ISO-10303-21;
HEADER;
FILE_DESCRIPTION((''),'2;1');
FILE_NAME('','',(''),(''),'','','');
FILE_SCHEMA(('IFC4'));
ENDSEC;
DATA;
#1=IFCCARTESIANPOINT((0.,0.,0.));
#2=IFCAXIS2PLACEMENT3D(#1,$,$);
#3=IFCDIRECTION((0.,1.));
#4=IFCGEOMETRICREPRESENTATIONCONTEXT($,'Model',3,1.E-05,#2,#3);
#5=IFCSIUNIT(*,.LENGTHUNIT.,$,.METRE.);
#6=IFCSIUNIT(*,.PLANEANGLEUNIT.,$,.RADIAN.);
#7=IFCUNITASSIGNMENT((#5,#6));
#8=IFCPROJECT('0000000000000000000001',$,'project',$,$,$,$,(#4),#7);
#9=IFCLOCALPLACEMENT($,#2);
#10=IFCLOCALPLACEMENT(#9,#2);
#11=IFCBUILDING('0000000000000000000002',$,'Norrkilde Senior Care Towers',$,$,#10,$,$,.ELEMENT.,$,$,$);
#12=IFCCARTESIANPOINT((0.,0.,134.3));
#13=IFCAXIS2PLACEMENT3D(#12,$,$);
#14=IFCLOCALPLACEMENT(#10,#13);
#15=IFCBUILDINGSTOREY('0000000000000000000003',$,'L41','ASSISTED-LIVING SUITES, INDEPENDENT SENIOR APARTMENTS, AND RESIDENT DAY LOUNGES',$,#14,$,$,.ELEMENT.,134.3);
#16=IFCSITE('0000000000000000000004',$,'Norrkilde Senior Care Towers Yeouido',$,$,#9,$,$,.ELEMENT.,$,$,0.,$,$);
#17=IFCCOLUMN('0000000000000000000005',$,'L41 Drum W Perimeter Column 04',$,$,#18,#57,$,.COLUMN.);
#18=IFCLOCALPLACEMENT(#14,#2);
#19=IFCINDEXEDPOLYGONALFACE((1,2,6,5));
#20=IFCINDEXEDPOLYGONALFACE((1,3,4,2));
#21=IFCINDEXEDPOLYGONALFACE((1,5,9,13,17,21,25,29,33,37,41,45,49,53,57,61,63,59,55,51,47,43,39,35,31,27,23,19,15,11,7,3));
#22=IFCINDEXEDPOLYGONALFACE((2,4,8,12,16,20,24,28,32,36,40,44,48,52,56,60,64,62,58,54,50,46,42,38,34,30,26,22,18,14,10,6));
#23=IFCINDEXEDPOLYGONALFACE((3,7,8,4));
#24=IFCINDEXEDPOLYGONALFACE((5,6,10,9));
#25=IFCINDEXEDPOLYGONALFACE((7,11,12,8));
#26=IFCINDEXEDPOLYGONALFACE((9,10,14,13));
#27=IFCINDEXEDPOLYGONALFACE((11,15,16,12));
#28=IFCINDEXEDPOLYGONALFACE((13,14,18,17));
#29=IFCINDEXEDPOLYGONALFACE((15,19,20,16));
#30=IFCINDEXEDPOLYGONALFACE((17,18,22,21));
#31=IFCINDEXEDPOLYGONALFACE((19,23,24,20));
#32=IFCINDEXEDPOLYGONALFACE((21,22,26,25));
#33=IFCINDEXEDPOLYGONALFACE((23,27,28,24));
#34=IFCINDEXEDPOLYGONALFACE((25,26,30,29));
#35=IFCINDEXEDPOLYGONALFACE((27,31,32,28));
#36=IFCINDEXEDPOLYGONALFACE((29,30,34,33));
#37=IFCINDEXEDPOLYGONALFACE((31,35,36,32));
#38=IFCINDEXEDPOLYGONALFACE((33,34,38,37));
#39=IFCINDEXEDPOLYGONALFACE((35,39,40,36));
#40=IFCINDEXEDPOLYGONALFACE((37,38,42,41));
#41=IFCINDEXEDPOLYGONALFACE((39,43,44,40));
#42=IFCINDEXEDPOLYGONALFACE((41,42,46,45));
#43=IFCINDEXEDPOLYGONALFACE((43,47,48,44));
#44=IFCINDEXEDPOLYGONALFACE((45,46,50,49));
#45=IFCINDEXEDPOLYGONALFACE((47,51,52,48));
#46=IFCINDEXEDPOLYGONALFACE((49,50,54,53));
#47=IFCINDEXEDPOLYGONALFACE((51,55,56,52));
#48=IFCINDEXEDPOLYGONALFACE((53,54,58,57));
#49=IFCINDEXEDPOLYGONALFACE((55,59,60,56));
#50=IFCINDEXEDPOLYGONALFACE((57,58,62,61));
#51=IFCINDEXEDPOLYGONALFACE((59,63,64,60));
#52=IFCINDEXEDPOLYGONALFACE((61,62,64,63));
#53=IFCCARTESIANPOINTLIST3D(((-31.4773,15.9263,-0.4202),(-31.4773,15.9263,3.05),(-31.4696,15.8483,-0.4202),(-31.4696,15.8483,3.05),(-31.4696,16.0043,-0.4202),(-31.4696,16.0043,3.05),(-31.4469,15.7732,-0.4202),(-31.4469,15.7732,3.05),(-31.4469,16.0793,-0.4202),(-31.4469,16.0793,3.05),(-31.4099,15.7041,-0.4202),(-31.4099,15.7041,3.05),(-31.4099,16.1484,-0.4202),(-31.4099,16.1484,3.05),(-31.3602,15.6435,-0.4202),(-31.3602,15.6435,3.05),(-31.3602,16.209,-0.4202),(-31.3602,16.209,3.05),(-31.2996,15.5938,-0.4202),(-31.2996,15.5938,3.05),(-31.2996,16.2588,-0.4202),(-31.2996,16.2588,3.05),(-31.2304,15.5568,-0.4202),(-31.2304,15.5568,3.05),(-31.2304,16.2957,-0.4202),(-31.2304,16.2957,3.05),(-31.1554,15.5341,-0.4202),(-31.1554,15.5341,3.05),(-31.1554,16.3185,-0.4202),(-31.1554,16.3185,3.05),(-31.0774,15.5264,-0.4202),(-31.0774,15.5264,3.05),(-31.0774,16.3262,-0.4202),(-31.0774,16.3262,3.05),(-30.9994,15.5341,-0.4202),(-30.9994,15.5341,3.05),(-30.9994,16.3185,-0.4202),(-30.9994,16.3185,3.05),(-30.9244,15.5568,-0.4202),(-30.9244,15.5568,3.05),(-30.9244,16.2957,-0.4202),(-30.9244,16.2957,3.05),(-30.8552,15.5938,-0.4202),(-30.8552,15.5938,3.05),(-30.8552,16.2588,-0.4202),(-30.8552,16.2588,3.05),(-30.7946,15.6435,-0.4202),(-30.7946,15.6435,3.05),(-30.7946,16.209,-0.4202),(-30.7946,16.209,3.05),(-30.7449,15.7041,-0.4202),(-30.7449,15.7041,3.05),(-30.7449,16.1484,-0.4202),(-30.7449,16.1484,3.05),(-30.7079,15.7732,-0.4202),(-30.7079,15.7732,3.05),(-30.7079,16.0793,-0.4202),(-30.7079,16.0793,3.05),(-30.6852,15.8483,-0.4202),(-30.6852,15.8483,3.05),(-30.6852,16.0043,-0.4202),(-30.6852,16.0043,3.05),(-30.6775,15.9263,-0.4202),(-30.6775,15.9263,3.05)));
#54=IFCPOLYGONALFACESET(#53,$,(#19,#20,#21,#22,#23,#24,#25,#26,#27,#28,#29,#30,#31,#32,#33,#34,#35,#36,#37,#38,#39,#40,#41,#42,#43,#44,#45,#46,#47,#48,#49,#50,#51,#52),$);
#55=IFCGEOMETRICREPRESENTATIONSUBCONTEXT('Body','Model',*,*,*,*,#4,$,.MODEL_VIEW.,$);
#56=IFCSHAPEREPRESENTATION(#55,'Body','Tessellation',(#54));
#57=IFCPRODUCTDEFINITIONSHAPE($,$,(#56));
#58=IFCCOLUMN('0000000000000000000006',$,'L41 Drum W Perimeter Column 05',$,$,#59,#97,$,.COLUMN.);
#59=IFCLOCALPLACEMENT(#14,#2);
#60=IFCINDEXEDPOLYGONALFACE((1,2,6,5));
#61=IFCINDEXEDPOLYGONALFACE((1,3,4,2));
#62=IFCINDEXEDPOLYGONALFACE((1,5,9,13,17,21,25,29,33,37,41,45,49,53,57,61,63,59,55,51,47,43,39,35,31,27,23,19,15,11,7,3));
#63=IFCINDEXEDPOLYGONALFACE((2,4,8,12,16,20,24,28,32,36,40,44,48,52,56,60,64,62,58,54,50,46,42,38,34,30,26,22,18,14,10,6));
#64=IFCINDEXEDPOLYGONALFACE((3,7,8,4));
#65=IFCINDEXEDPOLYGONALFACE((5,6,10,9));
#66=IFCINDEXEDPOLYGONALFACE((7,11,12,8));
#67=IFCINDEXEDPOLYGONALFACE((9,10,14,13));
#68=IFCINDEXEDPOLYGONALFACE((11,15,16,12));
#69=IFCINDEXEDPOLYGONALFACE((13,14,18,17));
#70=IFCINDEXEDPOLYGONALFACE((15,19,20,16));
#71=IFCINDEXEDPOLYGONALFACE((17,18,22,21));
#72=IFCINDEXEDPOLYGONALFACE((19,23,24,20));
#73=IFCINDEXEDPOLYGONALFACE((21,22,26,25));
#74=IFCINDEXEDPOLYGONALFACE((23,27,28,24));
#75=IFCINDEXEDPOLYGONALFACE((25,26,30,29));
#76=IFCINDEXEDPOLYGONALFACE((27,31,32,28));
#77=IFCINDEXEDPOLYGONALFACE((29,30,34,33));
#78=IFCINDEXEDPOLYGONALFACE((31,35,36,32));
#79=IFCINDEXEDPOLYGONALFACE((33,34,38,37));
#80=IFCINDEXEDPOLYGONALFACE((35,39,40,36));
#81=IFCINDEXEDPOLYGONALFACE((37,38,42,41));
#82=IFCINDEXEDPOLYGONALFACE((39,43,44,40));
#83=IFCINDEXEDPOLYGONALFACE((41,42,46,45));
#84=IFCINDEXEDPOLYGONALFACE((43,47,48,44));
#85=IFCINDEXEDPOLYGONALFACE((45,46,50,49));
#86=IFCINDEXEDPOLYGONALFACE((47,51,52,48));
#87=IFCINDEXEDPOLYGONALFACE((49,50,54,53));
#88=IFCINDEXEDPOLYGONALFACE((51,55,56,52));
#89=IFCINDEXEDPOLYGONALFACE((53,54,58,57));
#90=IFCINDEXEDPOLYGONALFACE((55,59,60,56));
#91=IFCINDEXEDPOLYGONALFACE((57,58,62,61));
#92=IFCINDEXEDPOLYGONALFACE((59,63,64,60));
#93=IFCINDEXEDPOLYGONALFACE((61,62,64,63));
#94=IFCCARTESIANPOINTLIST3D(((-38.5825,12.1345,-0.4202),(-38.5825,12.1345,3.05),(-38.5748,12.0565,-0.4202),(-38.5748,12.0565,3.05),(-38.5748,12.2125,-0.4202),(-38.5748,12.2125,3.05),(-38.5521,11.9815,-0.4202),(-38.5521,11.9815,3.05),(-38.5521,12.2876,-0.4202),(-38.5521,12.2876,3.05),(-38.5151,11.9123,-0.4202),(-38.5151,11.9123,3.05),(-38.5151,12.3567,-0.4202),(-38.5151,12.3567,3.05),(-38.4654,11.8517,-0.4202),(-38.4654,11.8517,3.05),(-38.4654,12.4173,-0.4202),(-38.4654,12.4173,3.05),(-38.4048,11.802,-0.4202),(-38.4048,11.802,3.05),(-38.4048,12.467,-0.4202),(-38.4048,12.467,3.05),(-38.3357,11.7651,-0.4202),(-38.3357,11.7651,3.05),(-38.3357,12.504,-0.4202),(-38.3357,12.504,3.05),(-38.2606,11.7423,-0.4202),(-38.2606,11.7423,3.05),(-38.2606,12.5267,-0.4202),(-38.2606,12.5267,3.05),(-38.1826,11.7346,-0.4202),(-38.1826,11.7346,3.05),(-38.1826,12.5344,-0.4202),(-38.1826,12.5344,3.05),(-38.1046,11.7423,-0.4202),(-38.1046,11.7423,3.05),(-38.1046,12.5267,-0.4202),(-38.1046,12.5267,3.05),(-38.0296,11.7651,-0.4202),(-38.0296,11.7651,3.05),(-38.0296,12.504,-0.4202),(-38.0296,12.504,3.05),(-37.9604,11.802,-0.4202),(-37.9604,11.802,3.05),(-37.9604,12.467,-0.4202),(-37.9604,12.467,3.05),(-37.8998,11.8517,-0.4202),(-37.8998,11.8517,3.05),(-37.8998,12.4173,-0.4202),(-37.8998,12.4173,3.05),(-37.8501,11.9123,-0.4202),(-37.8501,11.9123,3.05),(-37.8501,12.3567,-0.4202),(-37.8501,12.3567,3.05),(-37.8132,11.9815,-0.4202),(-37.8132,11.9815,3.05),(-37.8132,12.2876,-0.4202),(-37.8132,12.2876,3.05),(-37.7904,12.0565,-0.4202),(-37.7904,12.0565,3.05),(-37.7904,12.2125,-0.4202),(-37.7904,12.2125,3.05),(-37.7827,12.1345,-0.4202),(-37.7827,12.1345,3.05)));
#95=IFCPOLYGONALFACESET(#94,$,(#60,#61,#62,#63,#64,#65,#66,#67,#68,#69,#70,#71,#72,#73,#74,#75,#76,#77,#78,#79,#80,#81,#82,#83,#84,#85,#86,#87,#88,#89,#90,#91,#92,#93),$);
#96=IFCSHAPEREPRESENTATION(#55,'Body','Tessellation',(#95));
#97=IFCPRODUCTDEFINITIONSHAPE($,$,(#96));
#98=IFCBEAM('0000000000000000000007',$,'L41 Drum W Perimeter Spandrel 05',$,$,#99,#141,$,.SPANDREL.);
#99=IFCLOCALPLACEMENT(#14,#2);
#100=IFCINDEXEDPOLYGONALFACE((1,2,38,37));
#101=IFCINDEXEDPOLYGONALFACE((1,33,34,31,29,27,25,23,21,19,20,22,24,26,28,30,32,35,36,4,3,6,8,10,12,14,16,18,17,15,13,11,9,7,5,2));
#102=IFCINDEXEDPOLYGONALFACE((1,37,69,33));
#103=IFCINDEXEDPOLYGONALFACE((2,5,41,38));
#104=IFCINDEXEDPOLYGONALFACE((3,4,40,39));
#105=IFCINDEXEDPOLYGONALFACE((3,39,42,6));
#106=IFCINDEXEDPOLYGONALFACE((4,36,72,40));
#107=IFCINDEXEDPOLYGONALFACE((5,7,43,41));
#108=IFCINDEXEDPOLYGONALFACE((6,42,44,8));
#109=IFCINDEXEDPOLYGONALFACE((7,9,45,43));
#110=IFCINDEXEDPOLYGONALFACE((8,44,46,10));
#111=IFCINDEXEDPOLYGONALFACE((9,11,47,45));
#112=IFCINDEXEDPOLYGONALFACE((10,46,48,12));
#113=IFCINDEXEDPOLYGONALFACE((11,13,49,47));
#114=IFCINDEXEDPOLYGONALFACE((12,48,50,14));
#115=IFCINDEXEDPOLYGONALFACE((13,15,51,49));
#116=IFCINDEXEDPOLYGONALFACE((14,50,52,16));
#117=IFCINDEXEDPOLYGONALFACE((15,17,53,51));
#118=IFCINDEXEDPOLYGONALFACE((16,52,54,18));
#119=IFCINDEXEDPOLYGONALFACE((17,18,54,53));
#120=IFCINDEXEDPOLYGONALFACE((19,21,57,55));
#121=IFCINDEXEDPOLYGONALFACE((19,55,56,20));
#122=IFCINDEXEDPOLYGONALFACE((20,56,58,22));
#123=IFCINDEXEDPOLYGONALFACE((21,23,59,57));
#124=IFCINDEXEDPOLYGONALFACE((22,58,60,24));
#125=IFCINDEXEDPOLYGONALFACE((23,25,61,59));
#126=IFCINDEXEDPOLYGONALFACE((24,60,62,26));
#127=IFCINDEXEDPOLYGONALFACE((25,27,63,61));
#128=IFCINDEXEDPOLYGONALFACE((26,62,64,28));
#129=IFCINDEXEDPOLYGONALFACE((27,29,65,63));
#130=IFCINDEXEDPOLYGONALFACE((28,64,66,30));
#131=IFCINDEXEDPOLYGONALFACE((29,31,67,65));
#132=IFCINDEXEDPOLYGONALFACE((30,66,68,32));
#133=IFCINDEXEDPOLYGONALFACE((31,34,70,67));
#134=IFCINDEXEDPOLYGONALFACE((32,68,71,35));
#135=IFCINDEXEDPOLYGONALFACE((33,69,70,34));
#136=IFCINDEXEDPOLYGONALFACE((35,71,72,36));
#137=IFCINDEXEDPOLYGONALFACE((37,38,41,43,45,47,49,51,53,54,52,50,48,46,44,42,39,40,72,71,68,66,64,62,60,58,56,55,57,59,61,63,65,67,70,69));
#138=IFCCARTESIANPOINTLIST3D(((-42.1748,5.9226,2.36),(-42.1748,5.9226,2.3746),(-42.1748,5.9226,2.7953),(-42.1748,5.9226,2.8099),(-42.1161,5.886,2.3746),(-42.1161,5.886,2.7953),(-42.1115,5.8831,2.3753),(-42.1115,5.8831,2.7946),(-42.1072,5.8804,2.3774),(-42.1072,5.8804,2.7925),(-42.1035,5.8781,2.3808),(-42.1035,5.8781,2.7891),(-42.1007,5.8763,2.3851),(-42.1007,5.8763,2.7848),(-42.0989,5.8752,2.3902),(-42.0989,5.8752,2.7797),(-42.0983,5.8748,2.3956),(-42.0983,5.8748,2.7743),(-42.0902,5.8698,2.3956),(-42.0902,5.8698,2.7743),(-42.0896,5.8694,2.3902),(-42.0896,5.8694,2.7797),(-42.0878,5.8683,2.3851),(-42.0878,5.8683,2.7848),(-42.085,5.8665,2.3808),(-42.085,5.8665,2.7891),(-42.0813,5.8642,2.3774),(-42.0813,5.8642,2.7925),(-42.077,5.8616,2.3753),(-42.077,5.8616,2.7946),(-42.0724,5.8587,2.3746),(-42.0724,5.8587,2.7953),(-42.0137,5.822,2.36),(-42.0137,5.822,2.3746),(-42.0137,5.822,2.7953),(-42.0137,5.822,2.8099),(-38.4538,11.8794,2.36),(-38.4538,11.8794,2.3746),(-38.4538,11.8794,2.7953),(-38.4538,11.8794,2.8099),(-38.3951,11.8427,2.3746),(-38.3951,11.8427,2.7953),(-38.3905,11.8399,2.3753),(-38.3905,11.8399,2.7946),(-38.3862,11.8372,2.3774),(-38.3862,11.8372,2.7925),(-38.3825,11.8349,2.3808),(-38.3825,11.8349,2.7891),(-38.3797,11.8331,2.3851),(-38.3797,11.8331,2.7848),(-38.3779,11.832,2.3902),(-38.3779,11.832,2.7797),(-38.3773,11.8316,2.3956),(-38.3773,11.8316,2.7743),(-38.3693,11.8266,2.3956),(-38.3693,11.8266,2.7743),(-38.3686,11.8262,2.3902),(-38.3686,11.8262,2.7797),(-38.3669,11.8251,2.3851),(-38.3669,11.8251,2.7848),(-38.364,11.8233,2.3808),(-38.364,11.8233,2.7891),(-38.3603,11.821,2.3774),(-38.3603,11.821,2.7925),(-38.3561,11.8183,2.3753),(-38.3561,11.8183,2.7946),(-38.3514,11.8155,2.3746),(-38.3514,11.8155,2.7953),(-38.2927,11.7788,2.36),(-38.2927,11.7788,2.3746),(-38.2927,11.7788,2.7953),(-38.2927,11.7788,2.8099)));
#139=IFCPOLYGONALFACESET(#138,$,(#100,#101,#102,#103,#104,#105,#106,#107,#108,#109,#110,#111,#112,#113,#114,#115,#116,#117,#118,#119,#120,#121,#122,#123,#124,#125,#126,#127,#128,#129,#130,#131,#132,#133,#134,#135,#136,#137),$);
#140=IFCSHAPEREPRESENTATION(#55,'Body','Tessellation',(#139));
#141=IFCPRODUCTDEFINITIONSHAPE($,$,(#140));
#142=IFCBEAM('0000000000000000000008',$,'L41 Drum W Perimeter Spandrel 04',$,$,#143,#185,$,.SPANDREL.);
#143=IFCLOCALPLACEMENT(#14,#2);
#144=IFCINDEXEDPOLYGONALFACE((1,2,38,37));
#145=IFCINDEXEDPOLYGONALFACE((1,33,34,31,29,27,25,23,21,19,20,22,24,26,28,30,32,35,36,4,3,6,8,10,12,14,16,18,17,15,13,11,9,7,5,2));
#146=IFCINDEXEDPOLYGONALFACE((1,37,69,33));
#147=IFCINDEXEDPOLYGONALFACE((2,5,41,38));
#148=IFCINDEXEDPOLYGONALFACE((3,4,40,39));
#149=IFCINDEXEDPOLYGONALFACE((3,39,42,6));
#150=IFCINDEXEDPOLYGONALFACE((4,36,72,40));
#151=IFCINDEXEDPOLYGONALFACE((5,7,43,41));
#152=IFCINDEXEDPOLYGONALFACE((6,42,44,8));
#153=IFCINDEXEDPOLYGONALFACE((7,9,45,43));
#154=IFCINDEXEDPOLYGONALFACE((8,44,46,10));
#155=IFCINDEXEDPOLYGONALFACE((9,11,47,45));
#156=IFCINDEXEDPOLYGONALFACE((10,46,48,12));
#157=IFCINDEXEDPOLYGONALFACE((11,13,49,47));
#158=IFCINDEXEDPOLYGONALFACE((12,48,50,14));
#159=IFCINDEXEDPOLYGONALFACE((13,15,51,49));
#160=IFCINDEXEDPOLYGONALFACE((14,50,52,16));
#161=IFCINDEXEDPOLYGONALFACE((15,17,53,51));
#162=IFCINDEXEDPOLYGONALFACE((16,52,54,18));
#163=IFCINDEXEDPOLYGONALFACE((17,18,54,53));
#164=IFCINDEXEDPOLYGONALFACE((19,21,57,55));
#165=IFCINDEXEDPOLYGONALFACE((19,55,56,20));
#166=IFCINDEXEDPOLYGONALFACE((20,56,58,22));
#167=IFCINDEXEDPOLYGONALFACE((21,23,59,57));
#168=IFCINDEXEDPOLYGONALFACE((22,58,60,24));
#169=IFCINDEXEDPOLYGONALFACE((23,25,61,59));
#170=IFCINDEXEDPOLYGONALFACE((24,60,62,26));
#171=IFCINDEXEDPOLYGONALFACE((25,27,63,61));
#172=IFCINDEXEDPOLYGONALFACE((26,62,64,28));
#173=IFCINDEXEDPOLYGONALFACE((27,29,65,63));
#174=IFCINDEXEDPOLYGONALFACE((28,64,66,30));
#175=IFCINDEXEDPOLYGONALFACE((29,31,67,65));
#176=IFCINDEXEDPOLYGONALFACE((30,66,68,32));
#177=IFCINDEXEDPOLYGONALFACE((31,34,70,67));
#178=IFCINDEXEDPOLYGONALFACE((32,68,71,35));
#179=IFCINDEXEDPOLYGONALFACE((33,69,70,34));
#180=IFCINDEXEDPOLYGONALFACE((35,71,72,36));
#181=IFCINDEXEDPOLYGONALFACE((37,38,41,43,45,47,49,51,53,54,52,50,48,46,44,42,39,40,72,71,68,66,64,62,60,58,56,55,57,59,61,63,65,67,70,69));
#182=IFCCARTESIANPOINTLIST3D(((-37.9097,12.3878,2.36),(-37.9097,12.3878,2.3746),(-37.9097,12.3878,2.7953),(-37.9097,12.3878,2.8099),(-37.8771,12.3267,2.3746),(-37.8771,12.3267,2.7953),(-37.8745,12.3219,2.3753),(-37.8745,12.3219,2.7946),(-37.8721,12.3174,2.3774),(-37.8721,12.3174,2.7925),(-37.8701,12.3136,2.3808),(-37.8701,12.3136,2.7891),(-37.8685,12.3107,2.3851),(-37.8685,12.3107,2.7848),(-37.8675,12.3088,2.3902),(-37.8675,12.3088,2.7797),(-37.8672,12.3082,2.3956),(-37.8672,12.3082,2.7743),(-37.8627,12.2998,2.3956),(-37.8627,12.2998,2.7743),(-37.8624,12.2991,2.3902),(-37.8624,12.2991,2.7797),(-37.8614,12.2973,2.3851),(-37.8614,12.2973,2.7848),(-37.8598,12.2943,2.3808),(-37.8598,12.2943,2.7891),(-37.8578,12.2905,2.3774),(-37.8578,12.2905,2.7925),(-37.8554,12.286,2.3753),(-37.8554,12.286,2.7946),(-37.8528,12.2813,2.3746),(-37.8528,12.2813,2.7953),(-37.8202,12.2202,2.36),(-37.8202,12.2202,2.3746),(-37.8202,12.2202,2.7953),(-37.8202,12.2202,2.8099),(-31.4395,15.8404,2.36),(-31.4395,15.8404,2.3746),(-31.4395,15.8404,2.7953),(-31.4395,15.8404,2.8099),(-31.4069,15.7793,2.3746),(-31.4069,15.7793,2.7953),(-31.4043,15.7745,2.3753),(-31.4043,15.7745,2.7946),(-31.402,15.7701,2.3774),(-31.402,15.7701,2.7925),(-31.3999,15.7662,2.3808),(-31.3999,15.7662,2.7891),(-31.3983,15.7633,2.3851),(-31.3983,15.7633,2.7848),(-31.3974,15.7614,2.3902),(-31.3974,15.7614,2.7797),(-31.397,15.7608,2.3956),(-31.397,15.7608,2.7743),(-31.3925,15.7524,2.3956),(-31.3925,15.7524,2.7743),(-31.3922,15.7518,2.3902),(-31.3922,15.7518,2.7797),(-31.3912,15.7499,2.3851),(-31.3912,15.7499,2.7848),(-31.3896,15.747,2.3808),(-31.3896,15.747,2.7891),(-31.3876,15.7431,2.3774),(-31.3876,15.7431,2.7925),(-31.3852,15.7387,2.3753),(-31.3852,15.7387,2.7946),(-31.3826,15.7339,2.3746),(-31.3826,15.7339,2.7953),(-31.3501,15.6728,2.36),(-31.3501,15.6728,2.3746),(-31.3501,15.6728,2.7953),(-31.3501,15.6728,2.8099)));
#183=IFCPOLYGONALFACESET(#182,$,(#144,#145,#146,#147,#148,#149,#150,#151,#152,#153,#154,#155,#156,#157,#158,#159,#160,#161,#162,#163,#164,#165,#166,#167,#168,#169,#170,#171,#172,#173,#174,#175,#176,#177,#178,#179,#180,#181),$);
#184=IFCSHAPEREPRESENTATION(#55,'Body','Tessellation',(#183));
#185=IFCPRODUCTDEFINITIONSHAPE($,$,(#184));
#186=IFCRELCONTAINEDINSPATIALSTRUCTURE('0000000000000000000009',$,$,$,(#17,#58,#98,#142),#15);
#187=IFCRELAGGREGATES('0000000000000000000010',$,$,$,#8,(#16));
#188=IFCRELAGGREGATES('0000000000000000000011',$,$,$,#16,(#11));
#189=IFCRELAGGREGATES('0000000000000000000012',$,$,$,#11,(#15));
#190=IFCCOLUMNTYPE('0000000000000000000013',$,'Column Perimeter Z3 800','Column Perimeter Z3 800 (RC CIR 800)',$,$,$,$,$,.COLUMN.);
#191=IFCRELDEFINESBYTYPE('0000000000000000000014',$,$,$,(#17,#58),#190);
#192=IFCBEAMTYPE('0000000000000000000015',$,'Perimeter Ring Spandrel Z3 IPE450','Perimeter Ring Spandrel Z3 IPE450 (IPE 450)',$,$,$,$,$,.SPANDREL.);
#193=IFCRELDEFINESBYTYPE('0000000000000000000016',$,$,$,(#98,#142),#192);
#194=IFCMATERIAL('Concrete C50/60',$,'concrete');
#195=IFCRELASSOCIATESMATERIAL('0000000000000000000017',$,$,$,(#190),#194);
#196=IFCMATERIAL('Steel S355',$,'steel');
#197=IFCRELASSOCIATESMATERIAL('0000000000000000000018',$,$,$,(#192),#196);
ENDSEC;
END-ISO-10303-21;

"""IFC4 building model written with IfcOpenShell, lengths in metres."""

from ifc_helpers import new_model, si_unit, direction, frame, origin, origin_2d, place, context, subcontext, project, spatial, circle, i_section, extrude, source, transform, mapped, material, material_profile, profile_set, type_object, type_shapes, element, save


model = new_model("IFC4")

# Units and contexts
model_context = context("Model", 3, precision=1e-05, world=origin(), true_north=direction((0.0, 1.0)))
body_context = subcontext(model_context, "Body", "Model", "MODEL_VIEW")
ifc_project = project(units=[si_unit("LENGTHUNIT", "METRE"), si_unit("PLANEANGLEUNIT", "RADIAN")], contexts=[model_context])

# Site, building, storey
site_placement = place(None, origin())
site = spatial("IfcSite", under=ifc_project, at=site_placement, Name="Norrkilde Senior Care Towers Yeouido", CompositionType="ELEMENT", RefElevation=0.0)
building_placement = place(site_placement, origin())
building = spatial("IfcBuilding", under=site, at=building_placement, Name="Norrkilde Senior Care Towers", CompositionType="ELEMENT")
storey_placement = place(building_placement, frame((0.0, 0.0, 134.3)))
storey = spatial("IfcBuildingStorey", under=building, at=storey_placement, Name="L41", Description="ASSISTED-LIVING SUITES, INDEPENDENT SENIOR APARTMENTS, AND RESIDENT DAY LOUNGES", CompositionType="ELEMENT", Elevation=134.3)

# Columns
ifc_material_1 = material(Name="Concrete C50/60", Category="concrete")
ifc_material_profile_1 = material_profile(ifc_material_1, circle(Radius=0.3999, at=origin_2d()), Name="RC CIR 800")
ifc_profile_set_1 = profile_set([ifc_material_profile_1], Name="Concrete C50/60")
column_type = type_object("IfcColumnType", Name="Column Perimeter Z3 800", Description="Column Perimeter Z3 800 (RC CIR 800)", PredefinedType="COLUMN", material=ifc_profile_set_1)
shared_shape_1 = source(origin(), body_context, "Body", "SweptSolid", [
    extrude(circle(Radius=0.3999, at=origin_2d()), origin(), (0.0, 0.0, 1.0), 3.4702),
])
type_shapes(column_type, [shared_shape_1])
for number, where, z_axis, x_axis, name in (
    (1, (-31.0774, 15.9263, -0.4202), (0.0, 0.0, 1.0), (1.0, 0.0, 0.0), "L41 Drum W Perimeter Column 04"),
    (2, (-38.1826, 12.1345, -0.4202), (0.0, 0.0, 1.0), (1.0, 0.0, 0.0), "L41 Drum W Perimeter Column 05"),
):
    element("IfcColumn", number, at=place(storey_placement, frame(where, z_axis=z_axis, x_axis=x_axis)), inside=storey, type_object=column_type, Name=name, PredefinedType="COLUMN", context=body_context, shape_type="MappedRepresentation", body=[
        mapped(shared_shape_1, transform((0.0, 0.0, 0.0), x_axis=(1.0, 0.0, 0.0), y_axis=(0.0, 1.0, 0.0), z_axis=(0.0, 0.0, 1.0), scale=1.0)),
    ])

# Beams
ifc_material_2 = material(Name="Steel S355", Category="steel")
ifc_material_profile_2 = material_profile(ifc_material_2, i_section(OverallWidth=0.1899, OverallDepth=0.45, WebThickness=0.0095, FlangeThickness=0.0146, FilletRadius=0.021, at=origin_2d()), Name="IPE 450")
ifc_profile_set_2 = profile_set([ifc_material_profile_2], Name="Steel S355")
beam_type_1 = type_object("IfcBeamType", Name="Perimeter Ring Spandrel Z3 IPE450", Description="Perimeter Ring Spandrel Z3 IPE450 (IPE 450)", PredefinedType="SPANDREL", material=ifc_profile_set_2)
shared_shape_2 = source(origin(), body_context, "Body", "SweptSolid", [
    extrude(i_section(OverallWidth=0.1899, OverallDepth=0.45, WebThickness=0.0095, FlangeThickness=0.0146, FilletRadius=0.021, at=origin_2d()), origin(), (0.0, 0.0, 1.0), 7.0234),
])
beam_1_placement = place(storey_placement, frame((-38.3733, 11.8291, 2.585), z_axis=(-0.52979, -0.848129, 0.0), x_axis=(0.848129, -0.52979, 0.0)))
element("IfcBeam", 3, at=beam_1_placement, inside=storey, type_object=beam_type_1, Name="L41 Drum W Perimeter Spandrel 05", PredefinedType="SPANDREL", context=body_context, shape_type="MappedRepresentation", body=[
    mapped(shared_shape_2, transform((0.0, 0.0, 0.0), x_axis=(1.0, 0.0, 0.0), y_axis=(0.0, 1.0, 0.0), z_axis=(0.0, 0.0, 1.0), scale=1.0)),
])
shared_shape_3 = source(origin(), body_context, "Body", "SweptSolid", [
    extrude(i_section(OverallWidth=0.1899, OverallDepth=0.45, WebThickness=0.0095, FlangeThickness=0.0146, FilletRadius=0.021, at=origin_2d()), origin(), (0.0, 0.0, 1.0), 7.3337),
])
type_shapes(beam_type_1, [shared_shape_2, shared_shape_3])
beam_2_placement = place(storey_placement, frame((-31.3948, 15.7566, 2.585), z_axis=(-0.882248, -0.470785, 0.0), x_axis=(0.470785, -0.882248, 0.0)))
element("IfcBeam", 4, at=beam_2_placement, inside=storey, type_object=beam_type_1, Name="L41 Drum W Perimeter Spandrel 04", PredefinedType="SPANDREL", context=body_context, shape_type="MappedRepresentation", body=[
    mapped(shared_shape_3, transform((0.0, 0.0, 0.0), x_axis=(1.0, 0.0, 0.0), y_axis=(0.0, 1.0, 0.0), z_axis=(0.0, 0.0, 1.0), scale=1.0)),
])

save(model, "model.ifc")
